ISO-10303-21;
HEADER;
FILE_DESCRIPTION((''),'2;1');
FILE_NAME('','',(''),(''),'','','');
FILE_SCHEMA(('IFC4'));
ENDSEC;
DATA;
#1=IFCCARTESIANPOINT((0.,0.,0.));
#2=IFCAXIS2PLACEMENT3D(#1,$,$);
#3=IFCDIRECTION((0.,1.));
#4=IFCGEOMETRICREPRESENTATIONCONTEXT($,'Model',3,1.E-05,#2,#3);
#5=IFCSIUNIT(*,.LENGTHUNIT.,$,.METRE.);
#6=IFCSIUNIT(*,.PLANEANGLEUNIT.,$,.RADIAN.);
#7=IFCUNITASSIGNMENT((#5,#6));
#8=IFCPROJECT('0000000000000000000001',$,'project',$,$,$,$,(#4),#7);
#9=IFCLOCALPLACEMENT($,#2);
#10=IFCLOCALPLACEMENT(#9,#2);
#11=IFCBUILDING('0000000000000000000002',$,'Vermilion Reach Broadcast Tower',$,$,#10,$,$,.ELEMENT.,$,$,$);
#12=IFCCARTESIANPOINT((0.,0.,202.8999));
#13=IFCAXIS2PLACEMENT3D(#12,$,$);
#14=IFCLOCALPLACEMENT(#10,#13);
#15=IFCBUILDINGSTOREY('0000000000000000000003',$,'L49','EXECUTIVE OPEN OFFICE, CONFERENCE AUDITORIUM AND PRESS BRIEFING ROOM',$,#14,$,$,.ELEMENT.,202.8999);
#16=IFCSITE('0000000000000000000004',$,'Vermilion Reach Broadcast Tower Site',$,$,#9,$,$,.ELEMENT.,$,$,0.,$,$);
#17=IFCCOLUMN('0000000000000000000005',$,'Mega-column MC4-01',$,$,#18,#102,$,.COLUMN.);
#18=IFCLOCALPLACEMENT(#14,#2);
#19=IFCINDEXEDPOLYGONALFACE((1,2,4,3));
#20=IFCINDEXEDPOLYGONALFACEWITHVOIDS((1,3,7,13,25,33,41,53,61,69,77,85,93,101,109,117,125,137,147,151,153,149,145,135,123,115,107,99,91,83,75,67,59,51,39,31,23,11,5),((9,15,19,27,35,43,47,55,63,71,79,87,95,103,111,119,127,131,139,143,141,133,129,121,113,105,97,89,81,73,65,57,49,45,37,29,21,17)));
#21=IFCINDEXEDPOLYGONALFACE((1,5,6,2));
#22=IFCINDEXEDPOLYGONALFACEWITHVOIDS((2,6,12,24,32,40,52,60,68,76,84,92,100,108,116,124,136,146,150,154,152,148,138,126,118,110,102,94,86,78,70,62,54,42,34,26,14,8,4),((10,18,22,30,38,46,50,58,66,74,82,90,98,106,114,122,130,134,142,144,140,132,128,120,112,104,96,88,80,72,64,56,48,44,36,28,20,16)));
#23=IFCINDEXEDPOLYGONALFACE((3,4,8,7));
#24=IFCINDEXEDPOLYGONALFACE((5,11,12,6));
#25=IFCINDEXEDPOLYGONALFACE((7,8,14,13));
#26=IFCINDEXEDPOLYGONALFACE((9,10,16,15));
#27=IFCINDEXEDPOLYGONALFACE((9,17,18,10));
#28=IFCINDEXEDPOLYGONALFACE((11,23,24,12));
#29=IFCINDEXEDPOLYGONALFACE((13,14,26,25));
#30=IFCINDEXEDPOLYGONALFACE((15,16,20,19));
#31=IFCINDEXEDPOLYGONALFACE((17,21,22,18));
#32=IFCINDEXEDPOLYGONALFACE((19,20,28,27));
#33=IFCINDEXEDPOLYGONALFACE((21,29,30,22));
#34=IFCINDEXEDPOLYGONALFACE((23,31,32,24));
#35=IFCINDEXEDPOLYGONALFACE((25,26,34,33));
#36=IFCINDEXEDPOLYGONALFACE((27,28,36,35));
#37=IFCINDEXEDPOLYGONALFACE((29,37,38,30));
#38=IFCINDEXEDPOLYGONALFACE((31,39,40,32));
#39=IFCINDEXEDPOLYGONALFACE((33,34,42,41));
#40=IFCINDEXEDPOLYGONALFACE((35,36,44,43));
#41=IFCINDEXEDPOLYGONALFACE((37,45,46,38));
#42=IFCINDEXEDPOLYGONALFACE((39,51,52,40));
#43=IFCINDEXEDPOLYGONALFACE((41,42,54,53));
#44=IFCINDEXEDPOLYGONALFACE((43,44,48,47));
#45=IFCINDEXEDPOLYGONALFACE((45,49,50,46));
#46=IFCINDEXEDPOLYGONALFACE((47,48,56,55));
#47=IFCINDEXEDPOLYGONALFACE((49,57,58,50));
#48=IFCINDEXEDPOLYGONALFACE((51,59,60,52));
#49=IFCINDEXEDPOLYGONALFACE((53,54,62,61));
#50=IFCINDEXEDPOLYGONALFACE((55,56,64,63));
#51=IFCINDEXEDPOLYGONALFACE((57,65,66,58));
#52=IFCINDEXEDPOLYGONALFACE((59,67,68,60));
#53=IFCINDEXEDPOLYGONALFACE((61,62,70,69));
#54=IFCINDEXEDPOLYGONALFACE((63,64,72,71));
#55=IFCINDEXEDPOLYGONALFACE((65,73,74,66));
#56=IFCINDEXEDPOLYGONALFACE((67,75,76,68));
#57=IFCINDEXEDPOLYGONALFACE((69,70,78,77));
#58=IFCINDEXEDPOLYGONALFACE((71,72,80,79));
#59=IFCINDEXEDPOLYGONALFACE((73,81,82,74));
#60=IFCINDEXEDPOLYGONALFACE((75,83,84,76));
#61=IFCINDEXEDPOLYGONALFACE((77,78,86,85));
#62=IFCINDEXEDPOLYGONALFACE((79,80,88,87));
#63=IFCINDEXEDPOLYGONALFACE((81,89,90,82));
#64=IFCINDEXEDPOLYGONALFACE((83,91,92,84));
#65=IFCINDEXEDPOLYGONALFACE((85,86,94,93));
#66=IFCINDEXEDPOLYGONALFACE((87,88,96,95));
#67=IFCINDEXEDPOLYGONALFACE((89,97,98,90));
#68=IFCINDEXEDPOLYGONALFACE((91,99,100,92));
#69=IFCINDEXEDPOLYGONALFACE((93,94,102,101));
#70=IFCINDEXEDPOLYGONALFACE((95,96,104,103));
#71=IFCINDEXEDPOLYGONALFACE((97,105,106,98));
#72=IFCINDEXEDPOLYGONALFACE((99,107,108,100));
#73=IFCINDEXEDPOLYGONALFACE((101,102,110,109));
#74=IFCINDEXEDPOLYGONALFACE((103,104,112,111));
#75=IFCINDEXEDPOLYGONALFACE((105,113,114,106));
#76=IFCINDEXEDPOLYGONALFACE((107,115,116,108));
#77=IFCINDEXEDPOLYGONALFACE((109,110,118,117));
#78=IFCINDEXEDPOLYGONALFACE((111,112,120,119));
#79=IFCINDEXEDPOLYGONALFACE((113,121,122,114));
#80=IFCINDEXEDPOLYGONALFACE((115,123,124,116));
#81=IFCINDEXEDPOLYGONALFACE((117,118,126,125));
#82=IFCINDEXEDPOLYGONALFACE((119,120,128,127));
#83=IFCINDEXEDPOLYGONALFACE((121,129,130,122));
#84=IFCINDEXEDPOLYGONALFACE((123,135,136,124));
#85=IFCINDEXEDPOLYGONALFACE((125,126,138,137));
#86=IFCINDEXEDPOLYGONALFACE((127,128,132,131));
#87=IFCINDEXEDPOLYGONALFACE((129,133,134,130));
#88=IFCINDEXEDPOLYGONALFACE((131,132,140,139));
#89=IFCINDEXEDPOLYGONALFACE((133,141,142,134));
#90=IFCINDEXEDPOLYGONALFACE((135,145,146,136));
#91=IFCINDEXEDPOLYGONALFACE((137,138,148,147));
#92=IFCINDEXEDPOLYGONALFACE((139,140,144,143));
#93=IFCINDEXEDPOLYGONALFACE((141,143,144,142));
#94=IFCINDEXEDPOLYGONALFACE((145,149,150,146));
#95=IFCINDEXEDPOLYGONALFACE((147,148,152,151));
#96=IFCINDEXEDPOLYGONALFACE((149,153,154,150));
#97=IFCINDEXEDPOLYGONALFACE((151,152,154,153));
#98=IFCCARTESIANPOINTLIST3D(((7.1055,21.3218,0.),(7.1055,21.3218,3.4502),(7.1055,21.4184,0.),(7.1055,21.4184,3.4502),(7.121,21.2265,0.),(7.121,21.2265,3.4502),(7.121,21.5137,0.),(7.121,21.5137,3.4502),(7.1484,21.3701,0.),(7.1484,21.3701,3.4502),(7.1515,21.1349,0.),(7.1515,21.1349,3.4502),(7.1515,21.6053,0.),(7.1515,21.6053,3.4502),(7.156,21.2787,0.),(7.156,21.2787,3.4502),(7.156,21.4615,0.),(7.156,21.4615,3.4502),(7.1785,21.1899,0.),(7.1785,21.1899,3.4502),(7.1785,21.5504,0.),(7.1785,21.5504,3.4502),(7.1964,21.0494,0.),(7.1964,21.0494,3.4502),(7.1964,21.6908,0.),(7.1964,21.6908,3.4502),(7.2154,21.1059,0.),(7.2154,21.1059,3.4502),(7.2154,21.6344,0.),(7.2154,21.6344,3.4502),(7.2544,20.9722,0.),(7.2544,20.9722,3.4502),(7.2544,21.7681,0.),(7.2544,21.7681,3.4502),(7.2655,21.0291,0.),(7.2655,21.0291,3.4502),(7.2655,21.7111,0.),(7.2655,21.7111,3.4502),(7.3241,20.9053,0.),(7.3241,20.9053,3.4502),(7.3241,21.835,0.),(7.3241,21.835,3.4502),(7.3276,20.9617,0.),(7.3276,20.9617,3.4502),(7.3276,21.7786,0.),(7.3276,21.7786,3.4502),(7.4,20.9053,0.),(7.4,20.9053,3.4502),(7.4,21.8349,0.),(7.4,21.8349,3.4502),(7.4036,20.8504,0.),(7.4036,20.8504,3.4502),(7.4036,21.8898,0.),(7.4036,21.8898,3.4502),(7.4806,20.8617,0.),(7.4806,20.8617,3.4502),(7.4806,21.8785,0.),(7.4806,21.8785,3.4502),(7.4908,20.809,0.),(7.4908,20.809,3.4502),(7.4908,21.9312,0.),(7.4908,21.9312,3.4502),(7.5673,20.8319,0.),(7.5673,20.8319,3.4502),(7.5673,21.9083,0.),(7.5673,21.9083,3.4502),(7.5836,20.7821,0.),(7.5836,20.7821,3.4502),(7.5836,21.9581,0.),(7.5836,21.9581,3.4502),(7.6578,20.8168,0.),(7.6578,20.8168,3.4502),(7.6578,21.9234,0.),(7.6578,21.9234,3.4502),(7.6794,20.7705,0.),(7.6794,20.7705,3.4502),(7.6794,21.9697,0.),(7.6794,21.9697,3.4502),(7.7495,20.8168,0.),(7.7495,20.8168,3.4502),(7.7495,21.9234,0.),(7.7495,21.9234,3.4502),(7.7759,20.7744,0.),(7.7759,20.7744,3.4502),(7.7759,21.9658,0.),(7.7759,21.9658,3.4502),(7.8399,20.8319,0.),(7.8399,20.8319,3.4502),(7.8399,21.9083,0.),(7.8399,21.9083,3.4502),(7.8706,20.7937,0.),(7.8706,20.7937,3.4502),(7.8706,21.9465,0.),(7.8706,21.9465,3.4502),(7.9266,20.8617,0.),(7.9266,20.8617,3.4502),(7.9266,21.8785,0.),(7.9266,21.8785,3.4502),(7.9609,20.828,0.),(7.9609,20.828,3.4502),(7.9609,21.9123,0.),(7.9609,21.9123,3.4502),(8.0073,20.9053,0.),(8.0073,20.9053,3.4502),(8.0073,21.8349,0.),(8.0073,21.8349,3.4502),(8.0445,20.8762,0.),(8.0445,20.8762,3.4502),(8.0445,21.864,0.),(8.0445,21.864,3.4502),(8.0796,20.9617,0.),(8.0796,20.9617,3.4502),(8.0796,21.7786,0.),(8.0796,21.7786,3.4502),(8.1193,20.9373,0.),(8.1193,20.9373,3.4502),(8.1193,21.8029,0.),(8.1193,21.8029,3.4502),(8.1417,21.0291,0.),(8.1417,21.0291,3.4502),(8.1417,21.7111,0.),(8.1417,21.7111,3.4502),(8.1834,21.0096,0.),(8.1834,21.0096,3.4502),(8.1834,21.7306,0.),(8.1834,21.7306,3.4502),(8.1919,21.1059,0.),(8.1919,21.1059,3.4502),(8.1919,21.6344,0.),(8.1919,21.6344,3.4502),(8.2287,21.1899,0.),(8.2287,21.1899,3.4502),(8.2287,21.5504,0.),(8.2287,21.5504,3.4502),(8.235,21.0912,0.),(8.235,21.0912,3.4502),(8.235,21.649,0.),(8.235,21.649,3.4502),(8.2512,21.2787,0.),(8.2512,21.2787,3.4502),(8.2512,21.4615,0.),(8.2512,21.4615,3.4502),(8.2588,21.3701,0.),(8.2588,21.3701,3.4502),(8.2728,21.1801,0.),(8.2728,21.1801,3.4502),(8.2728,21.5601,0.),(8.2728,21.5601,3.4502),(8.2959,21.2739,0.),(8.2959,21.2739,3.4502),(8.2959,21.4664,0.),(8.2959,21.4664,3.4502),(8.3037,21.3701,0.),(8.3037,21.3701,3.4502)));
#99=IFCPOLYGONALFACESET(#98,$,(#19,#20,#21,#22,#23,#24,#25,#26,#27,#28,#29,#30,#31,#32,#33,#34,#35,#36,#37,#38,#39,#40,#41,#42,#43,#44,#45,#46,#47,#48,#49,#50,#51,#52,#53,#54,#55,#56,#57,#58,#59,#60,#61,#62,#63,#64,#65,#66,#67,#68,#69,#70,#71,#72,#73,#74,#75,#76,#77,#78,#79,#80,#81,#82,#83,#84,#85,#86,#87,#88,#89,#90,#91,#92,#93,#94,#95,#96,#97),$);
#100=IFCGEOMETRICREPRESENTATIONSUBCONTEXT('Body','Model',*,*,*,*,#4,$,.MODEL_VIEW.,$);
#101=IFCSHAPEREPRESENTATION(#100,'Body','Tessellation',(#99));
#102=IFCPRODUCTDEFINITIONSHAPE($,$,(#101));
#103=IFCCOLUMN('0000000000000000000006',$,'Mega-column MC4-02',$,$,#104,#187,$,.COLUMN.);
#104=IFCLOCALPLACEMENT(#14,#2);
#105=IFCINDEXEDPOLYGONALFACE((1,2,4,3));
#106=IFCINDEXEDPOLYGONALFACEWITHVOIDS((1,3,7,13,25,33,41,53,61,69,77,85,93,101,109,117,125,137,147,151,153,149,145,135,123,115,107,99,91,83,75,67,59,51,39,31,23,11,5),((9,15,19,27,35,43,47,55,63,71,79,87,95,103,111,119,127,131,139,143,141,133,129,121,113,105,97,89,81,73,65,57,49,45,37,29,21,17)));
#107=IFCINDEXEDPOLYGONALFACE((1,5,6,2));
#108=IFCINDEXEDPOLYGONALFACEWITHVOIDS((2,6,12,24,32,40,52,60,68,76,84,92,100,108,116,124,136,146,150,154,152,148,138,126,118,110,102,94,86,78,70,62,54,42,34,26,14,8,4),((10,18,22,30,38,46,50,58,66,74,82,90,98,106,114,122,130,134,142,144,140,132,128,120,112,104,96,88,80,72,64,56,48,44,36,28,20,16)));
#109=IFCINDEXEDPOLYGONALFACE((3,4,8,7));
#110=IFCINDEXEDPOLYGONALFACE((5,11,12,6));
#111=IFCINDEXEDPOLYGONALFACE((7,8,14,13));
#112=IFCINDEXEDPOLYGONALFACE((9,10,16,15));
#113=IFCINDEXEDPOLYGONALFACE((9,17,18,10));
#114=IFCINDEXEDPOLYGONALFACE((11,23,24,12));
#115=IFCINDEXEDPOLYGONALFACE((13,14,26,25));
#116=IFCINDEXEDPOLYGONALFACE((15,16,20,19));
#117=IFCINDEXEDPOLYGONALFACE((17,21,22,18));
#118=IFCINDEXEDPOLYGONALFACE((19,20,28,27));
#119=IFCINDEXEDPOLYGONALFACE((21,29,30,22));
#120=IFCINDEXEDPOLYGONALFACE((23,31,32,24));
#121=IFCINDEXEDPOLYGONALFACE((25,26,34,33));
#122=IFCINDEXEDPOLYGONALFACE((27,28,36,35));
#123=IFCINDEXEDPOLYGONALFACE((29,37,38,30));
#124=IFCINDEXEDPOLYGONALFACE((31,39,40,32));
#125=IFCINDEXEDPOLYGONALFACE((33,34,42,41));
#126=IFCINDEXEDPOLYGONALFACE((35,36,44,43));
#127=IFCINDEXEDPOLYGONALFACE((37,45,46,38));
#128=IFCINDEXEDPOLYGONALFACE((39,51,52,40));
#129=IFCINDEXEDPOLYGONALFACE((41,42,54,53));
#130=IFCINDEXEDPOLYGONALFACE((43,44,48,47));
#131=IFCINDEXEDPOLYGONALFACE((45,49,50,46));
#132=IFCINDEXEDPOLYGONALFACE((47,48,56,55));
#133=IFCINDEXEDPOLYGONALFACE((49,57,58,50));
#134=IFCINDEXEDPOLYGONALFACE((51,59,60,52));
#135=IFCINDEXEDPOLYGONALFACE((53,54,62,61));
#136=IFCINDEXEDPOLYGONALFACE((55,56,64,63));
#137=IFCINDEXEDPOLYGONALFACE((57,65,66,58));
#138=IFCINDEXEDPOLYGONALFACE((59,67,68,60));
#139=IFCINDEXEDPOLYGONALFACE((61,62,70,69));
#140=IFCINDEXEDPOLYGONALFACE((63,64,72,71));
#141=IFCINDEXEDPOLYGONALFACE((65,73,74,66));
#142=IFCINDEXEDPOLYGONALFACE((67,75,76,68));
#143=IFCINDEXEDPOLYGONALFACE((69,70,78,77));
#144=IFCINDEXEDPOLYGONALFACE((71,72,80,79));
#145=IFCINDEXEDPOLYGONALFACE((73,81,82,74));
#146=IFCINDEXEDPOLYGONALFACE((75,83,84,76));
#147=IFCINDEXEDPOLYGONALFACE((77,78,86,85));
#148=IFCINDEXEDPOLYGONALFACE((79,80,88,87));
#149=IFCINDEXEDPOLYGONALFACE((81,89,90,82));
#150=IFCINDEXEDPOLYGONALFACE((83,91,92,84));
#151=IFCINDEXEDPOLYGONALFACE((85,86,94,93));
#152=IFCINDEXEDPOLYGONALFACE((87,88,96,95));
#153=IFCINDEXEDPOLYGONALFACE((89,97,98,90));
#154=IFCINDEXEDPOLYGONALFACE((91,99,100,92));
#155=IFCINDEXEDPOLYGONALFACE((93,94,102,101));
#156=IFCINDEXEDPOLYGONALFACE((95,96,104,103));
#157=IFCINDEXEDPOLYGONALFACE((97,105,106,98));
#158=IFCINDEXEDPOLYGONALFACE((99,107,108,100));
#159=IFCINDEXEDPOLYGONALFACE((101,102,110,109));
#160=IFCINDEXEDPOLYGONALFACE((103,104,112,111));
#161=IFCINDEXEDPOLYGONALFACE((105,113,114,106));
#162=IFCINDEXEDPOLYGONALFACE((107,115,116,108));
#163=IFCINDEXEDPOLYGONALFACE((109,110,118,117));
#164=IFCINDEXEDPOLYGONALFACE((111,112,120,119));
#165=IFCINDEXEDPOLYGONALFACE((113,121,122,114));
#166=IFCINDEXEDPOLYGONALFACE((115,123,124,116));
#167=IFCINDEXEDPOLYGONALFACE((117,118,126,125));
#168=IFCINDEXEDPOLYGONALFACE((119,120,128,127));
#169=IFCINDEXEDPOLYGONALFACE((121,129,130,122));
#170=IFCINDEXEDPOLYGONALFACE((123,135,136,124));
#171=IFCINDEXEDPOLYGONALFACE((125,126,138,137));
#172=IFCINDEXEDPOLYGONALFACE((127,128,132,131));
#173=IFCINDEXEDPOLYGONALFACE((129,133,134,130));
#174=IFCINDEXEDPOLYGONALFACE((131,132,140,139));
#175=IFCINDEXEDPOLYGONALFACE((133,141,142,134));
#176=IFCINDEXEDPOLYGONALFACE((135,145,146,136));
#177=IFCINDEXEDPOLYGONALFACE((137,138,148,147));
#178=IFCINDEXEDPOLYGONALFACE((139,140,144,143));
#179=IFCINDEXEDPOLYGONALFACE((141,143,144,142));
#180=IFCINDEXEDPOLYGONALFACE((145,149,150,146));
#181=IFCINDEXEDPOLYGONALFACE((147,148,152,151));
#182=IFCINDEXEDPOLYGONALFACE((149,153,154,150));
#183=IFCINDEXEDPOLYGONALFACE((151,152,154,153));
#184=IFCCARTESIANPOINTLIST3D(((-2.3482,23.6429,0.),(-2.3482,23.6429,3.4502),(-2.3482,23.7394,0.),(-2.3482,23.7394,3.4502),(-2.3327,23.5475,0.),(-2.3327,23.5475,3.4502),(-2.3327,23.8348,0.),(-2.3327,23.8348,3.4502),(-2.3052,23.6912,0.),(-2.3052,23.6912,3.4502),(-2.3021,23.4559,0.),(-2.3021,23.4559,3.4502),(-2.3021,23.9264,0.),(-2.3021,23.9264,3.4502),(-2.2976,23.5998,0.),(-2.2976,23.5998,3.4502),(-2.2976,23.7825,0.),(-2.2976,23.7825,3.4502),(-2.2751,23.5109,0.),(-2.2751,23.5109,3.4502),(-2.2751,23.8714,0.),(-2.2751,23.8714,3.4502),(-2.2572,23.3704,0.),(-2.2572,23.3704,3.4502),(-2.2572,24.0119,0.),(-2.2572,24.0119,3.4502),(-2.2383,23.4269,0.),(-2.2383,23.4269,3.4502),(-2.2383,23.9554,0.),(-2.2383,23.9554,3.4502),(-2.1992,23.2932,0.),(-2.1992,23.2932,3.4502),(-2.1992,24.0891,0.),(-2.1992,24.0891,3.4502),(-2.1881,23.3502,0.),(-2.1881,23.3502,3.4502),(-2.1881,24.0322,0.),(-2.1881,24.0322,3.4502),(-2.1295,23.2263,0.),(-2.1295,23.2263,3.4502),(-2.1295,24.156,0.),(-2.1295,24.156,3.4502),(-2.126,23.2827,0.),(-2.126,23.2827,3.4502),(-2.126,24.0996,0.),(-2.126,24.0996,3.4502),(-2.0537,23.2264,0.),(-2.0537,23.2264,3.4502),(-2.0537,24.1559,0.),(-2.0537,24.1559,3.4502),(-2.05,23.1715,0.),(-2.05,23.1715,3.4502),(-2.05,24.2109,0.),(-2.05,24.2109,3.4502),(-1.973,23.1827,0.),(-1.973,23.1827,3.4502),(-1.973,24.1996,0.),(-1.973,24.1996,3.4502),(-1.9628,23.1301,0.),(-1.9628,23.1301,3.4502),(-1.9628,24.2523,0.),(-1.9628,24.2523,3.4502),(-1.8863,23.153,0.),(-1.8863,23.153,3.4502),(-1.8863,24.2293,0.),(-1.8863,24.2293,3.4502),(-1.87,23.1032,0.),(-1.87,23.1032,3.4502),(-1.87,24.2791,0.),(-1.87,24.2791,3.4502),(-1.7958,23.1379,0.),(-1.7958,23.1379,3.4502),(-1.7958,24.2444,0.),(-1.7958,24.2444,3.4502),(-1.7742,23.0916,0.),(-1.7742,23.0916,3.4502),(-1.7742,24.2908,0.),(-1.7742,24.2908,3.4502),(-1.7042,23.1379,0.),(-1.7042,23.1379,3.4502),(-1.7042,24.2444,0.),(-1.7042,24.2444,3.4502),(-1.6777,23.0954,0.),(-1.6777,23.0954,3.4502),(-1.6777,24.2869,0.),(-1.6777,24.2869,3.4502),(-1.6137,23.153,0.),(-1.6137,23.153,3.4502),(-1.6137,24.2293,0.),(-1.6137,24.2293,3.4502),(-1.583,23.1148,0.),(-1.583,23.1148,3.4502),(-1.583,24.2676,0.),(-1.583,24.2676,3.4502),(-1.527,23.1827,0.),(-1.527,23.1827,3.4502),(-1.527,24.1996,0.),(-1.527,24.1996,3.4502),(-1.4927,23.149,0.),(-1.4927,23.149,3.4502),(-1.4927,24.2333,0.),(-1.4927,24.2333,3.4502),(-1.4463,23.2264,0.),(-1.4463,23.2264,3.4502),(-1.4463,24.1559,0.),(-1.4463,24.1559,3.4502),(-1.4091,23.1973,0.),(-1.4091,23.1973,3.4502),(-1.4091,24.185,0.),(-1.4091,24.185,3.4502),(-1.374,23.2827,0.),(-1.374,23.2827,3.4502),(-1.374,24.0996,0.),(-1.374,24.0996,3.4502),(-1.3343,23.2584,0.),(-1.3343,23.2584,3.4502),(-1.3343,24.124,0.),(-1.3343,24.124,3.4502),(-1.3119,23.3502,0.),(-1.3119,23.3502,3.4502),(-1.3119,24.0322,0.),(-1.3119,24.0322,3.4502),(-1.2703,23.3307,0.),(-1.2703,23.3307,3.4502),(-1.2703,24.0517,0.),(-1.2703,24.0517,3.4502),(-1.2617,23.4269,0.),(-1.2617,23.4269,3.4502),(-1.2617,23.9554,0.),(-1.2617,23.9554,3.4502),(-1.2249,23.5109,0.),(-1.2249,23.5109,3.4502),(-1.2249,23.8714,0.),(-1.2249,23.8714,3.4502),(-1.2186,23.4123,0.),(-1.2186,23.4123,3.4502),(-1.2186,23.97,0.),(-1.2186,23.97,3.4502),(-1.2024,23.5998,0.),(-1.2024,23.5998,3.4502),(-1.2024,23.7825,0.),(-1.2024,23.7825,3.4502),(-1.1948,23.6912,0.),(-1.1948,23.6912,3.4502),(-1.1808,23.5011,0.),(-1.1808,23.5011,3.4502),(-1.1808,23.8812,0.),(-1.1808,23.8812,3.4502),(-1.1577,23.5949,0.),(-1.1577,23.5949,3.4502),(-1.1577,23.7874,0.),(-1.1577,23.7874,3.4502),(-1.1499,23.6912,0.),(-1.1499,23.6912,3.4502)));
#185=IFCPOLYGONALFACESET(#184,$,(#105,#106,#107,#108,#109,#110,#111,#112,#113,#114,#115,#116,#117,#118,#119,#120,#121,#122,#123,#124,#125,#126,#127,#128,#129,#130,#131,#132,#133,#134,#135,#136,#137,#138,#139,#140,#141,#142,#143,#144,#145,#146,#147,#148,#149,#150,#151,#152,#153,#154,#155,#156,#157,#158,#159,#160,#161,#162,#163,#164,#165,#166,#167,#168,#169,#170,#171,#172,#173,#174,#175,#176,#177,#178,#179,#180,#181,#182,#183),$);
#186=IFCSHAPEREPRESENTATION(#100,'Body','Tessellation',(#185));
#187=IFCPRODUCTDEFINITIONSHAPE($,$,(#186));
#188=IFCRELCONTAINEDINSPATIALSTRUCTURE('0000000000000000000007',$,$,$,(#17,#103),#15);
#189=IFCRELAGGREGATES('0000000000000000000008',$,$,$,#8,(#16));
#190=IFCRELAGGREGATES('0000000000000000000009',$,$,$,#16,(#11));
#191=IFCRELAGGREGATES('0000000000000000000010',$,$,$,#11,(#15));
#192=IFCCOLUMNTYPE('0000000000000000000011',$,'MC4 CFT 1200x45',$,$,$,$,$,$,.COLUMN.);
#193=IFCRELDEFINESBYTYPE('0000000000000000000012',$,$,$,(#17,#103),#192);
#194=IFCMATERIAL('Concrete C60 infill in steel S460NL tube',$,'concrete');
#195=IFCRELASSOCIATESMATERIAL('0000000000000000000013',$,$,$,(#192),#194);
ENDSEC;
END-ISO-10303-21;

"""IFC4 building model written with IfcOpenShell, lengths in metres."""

from ifc_helpers import new_model, si_unit, direction, frame, origin, origin_2d, place, context, subcontext, project, spatial, hollow_circle, extrude, material, material_profile, profile_set, type_object, element, save


model = new_model("IFC4")

# Units and contexts
model_context = context("Model", 3, precision=1e-05, world=origin(), true_north=direction((0.0, 1.0)))
body_context = subcontext(model_context, "Body", "Model", "MODEL_VIEW")
ifc_project = project(units=[si_unit("LENGTHUNIT", "METRE"), si_unit("PLANEANGLEUNIT", "RADIAN")], contexts=[model_context])

# Site, building, storey
site_placement = place(None, origin())
site = spatial("IfcSite", under=ifc_project, at=site_placement, Name="Vermilion Reach Broadcast Tower Site", CompositionType="ELEMENT", RefElevation=0.0)
building_placement = place(site_placement, origin())
building = spatial("IfcBuilding", under=site, at=building_placement, Name="Vermilion Reach Broadcast Tower", CompositionType="ELEMENT")
storey_placement = place(building_placement, frame((0.0, 0.0, 202.8999)))
storey = spatial("IfcBuildingStorey", under=building, at=storey_placement, Name="L49", Description="EXECUTIVE OPEN OFFICE, CONFERENCE AUDITORIUM AND PRESS BRIEFING ROOM", CompositionType="ELEMENT", Elevation=202.8999)

# Columns
ifc_material_1 = material(Name="Concrete C60 infill in steel S460NL tube", Category="concrete")
ifc_material_profile_1 = material_profile(ifc_material_1, hollow_circle(Radius=0.6001, WallThickness=0.0449, at=origin_2d()), Name="Concrete C60 infill in steel S460NL tube CFT 1200x45")
ifc_profile_set_1 = profile_set([ifc_material_profile_1], Name="Concrete C60 infill in steel S460NL tube")
column_type = type_object("IfcColumnType", Name="MC4 CFT 1200x45", PredefinedType="COLUMN", material=ifc_profile_set_1)
for number, where, z_axis, x_axis, name in (
    (1, (7.7036, 21.3701, 0.0), (0.0, 0.0, 1.0), (1.0, 0.0, 0.0), "Mega-column MC4-01"),
    (2, (-1.75, 23.6912, 0.0), (0.0, 0.0, 1.0), (1.0, 0.0, 0.0), "Mega-column MC4-02"),
):
    element("IfcColumn", number, at=place(storey_placement, frame(where, z_axis=z_axis, x_axis=x_axis)), inside=storey, type_object=column_type, Name=name, PredefinedType="COLUMN", context=body_context, shape_type="SweptSolid", body=[
        extrude(hollow_circle(Radius=0.6001, WallThickness=0.0449, at=origin_2d()), origin(), (0.0, 0.0, 1.0), 3.4502),
    ])

save(model, "model.ifc")
